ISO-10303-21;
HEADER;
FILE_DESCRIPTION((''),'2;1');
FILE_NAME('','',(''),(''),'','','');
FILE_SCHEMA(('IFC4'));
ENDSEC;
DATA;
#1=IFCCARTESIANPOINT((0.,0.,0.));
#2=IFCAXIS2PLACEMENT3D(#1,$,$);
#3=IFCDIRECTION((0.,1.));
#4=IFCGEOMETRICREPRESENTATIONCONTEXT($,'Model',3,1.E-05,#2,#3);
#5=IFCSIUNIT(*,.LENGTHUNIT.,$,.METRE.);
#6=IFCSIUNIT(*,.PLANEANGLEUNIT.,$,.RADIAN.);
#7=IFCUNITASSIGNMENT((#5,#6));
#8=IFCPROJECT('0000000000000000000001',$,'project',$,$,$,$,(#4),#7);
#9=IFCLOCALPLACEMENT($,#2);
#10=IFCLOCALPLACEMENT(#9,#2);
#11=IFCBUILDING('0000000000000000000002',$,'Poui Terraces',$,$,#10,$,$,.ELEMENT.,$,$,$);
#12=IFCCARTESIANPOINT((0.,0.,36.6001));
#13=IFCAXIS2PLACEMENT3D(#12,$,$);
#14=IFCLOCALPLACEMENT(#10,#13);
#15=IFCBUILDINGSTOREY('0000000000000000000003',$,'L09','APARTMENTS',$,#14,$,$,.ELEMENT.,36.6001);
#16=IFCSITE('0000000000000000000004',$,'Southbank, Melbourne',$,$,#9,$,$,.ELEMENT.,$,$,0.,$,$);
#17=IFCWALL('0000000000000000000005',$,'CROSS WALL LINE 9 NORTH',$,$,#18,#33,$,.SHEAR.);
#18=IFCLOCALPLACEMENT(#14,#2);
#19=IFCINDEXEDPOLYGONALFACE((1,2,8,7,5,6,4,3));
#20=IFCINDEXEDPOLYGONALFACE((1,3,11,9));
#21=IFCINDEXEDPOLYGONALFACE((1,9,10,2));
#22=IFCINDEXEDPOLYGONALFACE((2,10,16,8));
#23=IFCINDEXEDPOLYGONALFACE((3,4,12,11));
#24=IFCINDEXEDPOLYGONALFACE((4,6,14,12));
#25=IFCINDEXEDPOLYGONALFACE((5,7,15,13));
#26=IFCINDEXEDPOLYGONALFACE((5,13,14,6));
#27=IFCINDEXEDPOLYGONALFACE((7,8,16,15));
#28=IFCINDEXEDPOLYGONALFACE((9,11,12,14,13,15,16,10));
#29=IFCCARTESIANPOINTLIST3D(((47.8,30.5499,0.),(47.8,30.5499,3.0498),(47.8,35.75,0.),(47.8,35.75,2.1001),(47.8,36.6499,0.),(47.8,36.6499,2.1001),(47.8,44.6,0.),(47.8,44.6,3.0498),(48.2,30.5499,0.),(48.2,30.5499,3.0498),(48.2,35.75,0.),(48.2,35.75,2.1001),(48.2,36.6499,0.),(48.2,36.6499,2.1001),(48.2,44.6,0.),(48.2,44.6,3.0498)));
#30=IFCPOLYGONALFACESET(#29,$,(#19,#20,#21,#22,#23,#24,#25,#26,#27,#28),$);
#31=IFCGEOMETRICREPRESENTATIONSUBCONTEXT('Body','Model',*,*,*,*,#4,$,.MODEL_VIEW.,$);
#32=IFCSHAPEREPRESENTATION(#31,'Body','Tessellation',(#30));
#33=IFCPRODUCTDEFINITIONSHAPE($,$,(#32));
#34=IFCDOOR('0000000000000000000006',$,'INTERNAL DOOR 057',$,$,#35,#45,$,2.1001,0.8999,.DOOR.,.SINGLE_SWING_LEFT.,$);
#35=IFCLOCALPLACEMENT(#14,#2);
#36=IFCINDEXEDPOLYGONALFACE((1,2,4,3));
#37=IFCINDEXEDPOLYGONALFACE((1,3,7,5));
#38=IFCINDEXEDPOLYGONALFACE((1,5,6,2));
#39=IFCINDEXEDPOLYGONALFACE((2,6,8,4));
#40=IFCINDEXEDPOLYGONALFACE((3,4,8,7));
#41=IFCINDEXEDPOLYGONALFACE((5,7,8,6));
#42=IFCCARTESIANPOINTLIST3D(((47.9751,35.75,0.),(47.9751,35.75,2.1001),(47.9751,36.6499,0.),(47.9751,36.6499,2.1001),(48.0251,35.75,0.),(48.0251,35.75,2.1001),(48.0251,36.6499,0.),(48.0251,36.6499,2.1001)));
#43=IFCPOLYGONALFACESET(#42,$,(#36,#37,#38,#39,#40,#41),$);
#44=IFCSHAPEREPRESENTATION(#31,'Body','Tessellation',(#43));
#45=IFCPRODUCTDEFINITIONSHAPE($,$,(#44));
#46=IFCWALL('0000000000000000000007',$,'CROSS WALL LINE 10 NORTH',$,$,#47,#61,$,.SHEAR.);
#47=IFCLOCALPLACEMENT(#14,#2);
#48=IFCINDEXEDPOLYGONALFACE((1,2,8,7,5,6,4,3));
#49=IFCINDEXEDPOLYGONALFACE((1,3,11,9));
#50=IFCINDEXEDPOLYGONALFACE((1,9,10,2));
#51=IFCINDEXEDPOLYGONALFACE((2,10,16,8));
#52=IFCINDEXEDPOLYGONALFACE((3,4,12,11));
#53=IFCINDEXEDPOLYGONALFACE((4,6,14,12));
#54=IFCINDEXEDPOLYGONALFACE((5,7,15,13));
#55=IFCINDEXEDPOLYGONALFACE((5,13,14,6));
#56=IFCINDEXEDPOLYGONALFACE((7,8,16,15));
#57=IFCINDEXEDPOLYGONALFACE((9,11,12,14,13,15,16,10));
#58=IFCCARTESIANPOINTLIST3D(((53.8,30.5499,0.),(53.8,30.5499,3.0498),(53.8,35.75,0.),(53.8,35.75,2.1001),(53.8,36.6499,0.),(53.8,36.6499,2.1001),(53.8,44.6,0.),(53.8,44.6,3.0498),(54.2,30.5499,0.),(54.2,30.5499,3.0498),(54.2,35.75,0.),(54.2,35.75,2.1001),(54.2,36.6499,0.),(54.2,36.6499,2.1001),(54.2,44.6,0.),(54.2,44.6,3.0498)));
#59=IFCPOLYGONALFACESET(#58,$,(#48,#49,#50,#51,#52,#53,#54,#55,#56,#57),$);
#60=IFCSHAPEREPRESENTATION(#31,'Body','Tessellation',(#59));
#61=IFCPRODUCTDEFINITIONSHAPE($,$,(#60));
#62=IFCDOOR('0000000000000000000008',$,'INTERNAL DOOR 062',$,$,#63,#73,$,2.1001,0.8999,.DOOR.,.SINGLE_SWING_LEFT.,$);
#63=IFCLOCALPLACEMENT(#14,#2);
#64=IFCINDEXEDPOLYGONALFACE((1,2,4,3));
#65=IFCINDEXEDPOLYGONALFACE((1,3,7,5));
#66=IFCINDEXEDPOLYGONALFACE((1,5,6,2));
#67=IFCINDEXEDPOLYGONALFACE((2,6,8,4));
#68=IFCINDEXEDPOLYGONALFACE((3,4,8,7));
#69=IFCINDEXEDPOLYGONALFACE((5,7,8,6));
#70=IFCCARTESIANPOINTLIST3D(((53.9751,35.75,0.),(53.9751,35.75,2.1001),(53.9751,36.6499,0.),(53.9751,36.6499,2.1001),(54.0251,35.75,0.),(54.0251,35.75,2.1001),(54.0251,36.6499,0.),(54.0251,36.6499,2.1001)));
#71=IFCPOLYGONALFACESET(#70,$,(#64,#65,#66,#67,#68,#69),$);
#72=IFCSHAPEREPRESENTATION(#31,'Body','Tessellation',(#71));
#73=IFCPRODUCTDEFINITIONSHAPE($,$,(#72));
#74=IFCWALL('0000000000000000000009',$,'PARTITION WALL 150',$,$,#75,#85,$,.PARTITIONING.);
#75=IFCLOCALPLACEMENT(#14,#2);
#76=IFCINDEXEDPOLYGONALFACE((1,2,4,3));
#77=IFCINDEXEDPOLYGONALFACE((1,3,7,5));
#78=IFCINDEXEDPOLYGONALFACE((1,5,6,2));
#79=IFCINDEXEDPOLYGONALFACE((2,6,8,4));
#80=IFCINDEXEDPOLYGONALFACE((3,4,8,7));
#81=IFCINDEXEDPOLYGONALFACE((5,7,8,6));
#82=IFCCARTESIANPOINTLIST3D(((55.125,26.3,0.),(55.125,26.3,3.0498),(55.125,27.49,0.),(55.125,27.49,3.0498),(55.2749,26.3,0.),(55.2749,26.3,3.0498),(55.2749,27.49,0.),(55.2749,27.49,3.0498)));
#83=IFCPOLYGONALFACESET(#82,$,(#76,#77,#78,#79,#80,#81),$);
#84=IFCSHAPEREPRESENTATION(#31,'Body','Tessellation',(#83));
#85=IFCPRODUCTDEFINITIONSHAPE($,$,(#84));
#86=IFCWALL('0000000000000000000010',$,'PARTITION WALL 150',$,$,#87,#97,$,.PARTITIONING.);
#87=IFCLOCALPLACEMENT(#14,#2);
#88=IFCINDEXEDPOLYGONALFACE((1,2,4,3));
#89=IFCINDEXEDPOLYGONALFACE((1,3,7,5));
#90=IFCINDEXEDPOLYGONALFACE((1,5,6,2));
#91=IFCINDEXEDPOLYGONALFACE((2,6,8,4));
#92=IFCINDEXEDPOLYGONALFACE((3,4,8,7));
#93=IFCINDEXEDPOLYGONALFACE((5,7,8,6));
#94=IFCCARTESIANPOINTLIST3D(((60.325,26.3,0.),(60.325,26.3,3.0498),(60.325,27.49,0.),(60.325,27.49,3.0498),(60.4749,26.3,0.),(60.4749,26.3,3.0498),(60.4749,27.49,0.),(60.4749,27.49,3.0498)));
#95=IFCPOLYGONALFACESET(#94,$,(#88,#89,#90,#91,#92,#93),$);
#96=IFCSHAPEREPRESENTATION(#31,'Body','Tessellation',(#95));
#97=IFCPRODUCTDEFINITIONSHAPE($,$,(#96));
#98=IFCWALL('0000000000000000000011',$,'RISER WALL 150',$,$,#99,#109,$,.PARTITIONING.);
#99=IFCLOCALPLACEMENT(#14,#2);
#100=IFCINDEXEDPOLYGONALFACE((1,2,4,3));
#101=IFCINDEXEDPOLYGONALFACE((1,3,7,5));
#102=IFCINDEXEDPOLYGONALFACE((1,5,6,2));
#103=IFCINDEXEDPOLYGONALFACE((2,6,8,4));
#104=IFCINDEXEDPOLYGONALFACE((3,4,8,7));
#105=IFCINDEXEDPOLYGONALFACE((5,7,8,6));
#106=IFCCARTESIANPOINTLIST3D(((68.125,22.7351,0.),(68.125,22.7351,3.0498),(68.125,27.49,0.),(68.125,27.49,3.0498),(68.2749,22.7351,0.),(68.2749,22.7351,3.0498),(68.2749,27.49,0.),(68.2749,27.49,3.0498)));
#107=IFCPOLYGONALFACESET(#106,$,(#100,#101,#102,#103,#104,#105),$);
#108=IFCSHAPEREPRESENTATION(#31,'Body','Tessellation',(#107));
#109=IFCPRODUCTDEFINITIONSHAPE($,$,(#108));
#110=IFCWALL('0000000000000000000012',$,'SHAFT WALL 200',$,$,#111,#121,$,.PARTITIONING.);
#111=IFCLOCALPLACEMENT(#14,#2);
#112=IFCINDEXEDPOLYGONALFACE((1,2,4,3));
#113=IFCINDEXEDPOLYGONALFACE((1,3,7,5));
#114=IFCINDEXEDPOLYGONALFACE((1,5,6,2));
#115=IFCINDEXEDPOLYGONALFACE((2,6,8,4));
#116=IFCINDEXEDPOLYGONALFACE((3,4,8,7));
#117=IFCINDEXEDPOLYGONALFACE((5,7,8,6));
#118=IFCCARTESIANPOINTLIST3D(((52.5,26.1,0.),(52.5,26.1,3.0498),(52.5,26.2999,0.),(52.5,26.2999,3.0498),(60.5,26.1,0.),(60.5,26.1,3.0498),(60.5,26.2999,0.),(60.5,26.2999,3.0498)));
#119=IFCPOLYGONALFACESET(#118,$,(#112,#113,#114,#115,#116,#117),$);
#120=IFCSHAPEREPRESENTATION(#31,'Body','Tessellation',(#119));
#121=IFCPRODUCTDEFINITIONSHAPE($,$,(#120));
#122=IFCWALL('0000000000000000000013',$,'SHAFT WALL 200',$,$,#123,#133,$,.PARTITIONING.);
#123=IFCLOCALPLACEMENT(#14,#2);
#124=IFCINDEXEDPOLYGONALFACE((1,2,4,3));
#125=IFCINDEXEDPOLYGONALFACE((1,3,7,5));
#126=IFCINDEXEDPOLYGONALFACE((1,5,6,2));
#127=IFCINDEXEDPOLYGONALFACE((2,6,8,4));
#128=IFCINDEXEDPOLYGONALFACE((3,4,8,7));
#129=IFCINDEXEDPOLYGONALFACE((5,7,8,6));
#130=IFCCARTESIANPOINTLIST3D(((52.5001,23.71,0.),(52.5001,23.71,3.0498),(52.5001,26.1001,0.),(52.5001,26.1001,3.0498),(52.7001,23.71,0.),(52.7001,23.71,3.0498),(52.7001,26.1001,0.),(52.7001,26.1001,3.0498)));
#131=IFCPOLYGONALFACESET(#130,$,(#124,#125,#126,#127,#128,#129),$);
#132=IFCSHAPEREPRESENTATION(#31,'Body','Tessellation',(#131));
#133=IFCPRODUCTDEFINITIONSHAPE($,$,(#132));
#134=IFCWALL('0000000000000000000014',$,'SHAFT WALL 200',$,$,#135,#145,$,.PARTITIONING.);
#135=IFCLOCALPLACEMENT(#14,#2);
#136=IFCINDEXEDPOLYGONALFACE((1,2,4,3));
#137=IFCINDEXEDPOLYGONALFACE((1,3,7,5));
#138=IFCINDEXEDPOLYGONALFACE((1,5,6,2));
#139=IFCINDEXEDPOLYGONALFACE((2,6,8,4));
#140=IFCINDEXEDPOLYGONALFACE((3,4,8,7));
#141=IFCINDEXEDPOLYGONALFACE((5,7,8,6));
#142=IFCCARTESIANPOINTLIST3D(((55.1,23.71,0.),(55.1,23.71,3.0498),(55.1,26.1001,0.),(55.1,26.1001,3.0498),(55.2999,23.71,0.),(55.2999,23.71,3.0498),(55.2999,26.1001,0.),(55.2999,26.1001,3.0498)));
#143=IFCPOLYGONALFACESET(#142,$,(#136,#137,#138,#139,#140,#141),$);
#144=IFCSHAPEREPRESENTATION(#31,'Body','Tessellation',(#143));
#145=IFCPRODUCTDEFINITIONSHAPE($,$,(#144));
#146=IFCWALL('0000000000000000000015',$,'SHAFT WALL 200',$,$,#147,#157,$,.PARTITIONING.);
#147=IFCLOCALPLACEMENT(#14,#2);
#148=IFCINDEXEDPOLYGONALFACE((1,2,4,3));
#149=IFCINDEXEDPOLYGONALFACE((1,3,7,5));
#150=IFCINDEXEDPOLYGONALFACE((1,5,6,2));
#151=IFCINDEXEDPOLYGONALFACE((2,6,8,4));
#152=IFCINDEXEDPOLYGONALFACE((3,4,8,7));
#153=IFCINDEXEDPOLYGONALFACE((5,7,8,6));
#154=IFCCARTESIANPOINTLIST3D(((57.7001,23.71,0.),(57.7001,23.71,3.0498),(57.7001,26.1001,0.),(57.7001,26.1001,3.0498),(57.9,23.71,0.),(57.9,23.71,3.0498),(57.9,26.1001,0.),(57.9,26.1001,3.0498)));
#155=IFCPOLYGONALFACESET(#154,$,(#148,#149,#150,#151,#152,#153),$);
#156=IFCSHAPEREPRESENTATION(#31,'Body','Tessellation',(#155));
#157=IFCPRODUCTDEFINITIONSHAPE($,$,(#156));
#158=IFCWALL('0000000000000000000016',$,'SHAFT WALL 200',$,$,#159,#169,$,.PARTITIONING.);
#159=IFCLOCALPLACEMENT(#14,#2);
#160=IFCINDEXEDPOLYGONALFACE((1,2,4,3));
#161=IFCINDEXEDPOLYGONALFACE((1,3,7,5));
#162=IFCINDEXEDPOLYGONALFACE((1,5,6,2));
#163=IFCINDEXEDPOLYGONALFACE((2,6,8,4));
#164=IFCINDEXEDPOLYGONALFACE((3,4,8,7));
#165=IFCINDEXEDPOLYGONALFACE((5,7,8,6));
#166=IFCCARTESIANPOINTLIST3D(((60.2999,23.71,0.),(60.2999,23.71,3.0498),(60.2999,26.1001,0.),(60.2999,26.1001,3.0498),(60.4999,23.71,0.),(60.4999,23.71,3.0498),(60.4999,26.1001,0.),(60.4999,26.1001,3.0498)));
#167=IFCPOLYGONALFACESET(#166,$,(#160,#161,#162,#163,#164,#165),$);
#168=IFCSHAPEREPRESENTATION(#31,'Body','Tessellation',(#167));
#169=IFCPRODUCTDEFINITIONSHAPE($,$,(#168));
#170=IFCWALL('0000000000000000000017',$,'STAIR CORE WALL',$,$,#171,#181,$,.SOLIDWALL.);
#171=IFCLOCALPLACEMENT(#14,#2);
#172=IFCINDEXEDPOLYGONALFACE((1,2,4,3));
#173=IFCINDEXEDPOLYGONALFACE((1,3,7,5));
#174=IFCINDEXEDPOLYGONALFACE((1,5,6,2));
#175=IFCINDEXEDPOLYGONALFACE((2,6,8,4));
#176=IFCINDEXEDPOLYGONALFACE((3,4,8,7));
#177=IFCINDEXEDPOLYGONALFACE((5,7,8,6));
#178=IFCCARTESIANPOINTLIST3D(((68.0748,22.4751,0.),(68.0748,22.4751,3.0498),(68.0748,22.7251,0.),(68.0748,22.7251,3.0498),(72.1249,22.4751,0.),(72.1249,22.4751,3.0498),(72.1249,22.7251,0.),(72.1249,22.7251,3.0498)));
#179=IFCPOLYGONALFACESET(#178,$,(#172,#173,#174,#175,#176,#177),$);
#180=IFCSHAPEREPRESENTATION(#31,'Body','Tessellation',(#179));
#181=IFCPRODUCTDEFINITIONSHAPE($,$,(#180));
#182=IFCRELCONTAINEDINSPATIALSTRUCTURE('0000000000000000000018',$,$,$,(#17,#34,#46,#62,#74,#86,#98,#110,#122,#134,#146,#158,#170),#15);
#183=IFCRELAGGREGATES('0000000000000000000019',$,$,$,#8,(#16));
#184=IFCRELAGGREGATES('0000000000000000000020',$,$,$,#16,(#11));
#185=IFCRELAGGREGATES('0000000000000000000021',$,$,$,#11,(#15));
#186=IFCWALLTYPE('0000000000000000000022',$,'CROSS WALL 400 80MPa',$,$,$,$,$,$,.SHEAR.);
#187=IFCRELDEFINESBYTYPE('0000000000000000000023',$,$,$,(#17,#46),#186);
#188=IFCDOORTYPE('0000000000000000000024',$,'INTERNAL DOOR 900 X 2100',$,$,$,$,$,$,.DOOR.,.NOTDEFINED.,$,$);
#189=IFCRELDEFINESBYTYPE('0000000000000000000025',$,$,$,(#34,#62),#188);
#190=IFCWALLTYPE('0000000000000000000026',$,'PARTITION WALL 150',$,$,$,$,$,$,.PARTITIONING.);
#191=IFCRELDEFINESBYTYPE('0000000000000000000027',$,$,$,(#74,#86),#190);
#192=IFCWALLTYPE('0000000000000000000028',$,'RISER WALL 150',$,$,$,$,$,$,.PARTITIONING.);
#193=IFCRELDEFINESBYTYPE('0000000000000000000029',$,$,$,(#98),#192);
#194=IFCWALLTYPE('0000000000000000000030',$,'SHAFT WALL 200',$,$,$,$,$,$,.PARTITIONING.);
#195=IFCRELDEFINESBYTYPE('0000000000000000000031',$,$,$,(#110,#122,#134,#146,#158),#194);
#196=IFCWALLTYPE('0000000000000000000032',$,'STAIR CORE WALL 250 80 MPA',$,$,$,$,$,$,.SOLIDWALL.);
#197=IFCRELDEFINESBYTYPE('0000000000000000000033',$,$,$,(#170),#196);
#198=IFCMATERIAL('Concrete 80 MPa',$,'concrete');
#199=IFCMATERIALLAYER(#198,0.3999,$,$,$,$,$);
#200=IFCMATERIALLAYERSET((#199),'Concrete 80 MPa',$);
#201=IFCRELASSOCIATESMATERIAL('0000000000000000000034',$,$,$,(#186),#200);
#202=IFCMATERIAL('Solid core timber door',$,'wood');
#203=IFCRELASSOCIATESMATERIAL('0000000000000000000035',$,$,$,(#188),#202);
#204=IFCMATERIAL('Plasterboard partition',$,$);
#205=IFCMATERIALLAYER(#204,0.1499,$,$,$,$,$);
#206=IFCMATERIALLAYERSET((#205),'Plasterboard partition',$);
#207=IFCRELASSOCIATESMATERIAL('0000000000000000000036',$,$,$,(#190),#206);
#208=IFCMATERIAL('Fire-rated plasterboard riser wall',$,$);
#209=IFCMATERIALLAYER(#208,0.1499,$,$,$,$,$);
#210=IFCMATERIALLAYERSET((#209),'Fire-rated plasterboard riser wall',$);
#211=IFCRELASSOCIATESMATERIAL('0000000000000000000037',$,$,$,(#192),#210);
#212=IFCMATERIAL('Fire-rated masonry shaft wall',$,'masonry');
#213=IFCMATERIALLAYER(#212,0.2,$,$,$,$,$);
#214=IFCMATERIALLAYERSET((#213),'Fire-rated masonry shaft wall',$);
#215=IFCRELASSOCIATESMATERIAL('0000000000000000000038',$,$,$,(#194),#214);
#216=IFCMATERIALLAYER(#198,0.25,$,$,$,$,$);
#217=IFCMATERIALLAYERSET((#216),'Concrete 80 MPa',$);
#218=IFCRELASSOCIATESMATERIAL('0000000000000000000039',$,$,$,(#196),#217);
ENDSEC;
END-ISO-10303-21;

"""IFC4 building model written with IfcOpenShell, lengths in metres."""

from ifc_helpers import new_model, si_unit, direction, frame, frame_2d, origin, place, context, subcontext, project, spatial, rectangle, extrude, material, layer, layer_set, type_object, element, fill, save


model = new_model("IFC4")

# Units and contexts
model_context = context("Model", 3, precision=1e-05, world=origin(), true_north=direction((0.0, 1.0)))
body_context = subcontext(model_context, "Body", "Model", "MODEL_VIEW")
ifc_project = project(units=[si_unit("LENGTHUNIT", "METRE"), si_unit("PLANEANGLEUNIT", "RADIAN")], contexts=[model_context])

# Site, building, storey
site_placement = place(None, origin())
site = spatial("IfcSite", under=ifc_project, at=site_placement, Name="Southbank, Melbourne", CompositionType="ELEMENT", RefElevation=0.0)
building_placement = place(site_placement, origin())
building = spatial("IfcBuilding", under=site, at=building_placement, Name="Poui Terraces", CompositionType="ELEMENT")
storey_placement = place(building_placement, frame((0.0, 0.0, 36.6001)))
storey = spatial("IfcBuildingStorey", under=building, at=storey_placement, Name="L09", Description="APARTMENTS", CompositionType="ELEMENT", Elevation=36.6001)

# Shared definitions
ifc_material_1 = material(Name="Concrete 80 MPa", Category="concrete")

# Walls, openings, doors
ifc_layer_1 = layer(ifc_material_1, 0.3999)
ifc_layer_set_1 = layer_set([ifc_layer_1], Name="Concrete 80 MPa")
wall_type_1 = type_object("IfcWallType", Name="CROSS WALL 400 80MPa", PredefinedType="SHEAR", material=ifc_layer_set_1)
wall_1_placement = place(storey_placement, frame((48.0, 30.55, 0.0), z_axis=(0.0, 0.0, 1.0), x_axis=(0.0, 1.0, 0.0)))
wall_1 = element("IfcWall", 1, at=wall_1_placement, inside=storey, type_object=wall_type_1, Name="CROSS WALL LINE 9 NORTH", PredefinedType="SHEAR", context=body_context, shape_type="SweptSolid", body=[
    extrude(rectangle(XDim=14.05, YDim=0.3999, at=frame_2d((7.0249, 0.0))), origin(), (0.0, 0.0, 1.0), 3.0498),
])
opening_1_placement = place(wall_1_placement, frame((5.2, 0.0, 0.0)))
opening_1 = element("IfcOpeningElement", 2, at=opening_1_placement, cuts=wall_1, PredefinedType="OPENING", context=body_context, shape_type="SweptSolid", body=[
    extrude(rectangle(XDim=0.8999, YDim=2.1001, at=frame_2d((0.45, 1.05))), frame((0.0, 0.21, 0.0), z_axis=(0.0, -1.0, 0.0), x_axis=(1.0, 0.0, 0.0)), (0.0, 0.0, 1.0), 0.4199),
])
ifc_material_2 = material(Name="Solid core timber door", Category="wood")
door_type_1 = type_object("IfcDoorType", Name="INTERNAL DOOR 900 X 2100", OperationType="NOTDEFINED", PredefinedType="DOOR", material=ifc_material_2)
door_1_placement = place(opening_1_placement, origin())
door_1 = element("IfcDoor", 3, at=door_1_placement, inside=storey, type_object=door_type_1, Name="INTERNAL DOOR 057", OperationType="SINGLE_SWING_LEFT", OverallHeight=2.1001, OverallWidth=0.8999, PredefinedType="DOOR", context=body_context, shape_type="SweptSolid", body=[
    extrude(rectangle(XDim=0.8999, YDim=2.1001, at=frame_2d((0.45, 1.05))), frame((0.0, 0.0249, 0.0), z_axis=(0.0, -1.0, 0.0), x_axis=(1.0, 0.0, 0.0)), (0.0, 0.0, 1.0), 0.05),
])
fill(opening_1, door_1)
wall_2_placement = place(storey_placement, frame((54.0, 30.55, 0.0), z_axis=(0.0, 0.0, 1.0), x_axis=(0.0, 1.0, 0.0)))
wall_2 = element("IfcWall", 4, at=wall_2_placement, inside=storey, type_object=wall_type_1, Name="CROSS WALL LINE 10 NORTH", PredefinedType="SHEAR", context=body_context, shape_type="SweptSolid", body=[
    extrude(rectangle(XDim=14.05, YDim=0.3999, at=frame_2d((7.0249, 0.0))), origin(), (0.0, 0.0, 1.0), 3.0498),
])
opening_2_placement = place(wall_2_placement, frame((5.2, 0.0, 0.0)))
opening_2 = element("IfcOpeningElement", 5, at=opening_2_placement, cuts=wall_2, PredefinedType="OPENING", context=body_context, shape_type="SweptSolid", body=[
    extrude(rectangle(XDim=0.8999, YDim=2.1001, at=frame_2d((0.45, 1.05))), frame((0.0, 0.21, 0.0), z_axis=(0.0, -1.0, 0.0), x_axis=(1.0, 0.0, 0.0)), (0.0, 0.0, 1.0), 0.4199),
])
door_2_placement = place(opening_2_placement, origin())
door_2 = element("IfcDoor", 6, at=door_2_placement, inside=storey, type_object=door_type_1, Name="INTERNAL DOOR 062", OperationType="SINGLE_SWING_LEFT", OverallHeight=2.1001, OverallWidth=0.8999, PredefinedType="DOOR", context=body_context, shape_type="SweptSolid", body=[
    extrude(rectangle(XDim=0.8999, YDim=2.1001, at=frame_2d((0.45, 1.05))), frame((0.0, 0.0249, 0.0), z_axis=(0.0, -1.0, 0.0), x_axis=(1.0, 0.0, 0.0)), (0.0, 0.0, 1.0), 0.05),
])
fill(opening_2, door_2)

# Walls
ifc_material_3 = material(Name="Plasterboard partition")
ifc_layer_2 = layer(ifc_material_3, 0.1499)
ifc_layer_set_2 = layer_set([ifc_layer_2], Name="Plasterboard partition")
wall_type_2 = type_object("IfcWallType", Name="PARTITION WALL 150", PredefinedType="PARTITIONING", material=ifc_layer_set_2)
for number, where, z_axis, x_axis, name in (
    (7, (55.2, 26.3, 0.0), (0.0, 0.0, 1.0), (0.0, 1.0, 0.0), "PARTITION WALL 150"),
    (8, (60.3999, 26.3, 0.0), (0.0, 0.0, 1.0), (0.0, 1.0, 0.0), "PARTITION WALL 150"),
):
    element("IfcWall", number, at=place(storey_placement, frame(where, z_axis=z_axis, x_axis=x_axis)), inside=storey, type_object=wall_type_2, Name=name, PredefinedType="PARTITIONING", context=body_context, shape_type="SweptSolid", body=[
        extrude(rectangle(XDim=1.1899, YDim=0.1499, at=frame_2d((0.595, 0.0))), origin(), (0.0, 0.0, 1.0), 3.0498),
    ])
ifc_material_4 = material(Name="Fire-rated plasterboard riser wall")
ifc_layer_3 = layer(ifc_material_4, 0.1499)
ifc_layer_set_3 = layer_set([ifc_layer_3], Name="Fire-rated plasterboard riser wall")
wall_type_3 = type_object("IfcWallType", Name="RISER WALL 150", PredefinedType="PARTITIONING", material=ifc_layer_set_3)
wall_3_placement = place(storey_placement, frame((68.2, 22.7351, 0.0), z_axis=(0.0, 0.0, 1.0), x_axis=(0.0, 1.0, 0.0)))
element("IfcWall", 9, at=wall_3_placement, inside=storey, type_object=wall_type_3, Name="RISER WALL 150", PredefinedType="PARTITIONING", context=body_context, shape_type="SweptSolid", body=[
    extrude(rectangle(XDim=4.7549, YDim=0.1499, at=frame_2d((2.3774, 0.0))), origin(), (0.0, 0.0, 1.0), 3.0498),
])
ifc_material_5 = material(Name="Fire-rated masonry shaft wall", Category="masonry")
ifc_layer_4 = layer(ifc_material_5, 0.2)
ifc_layer_set_4 = layer_set([ifc_layer_4], Name="Fire-rated masonry shaft wall")
wall_type_4 = type_object("IfcWallType", Name="SHAFT WALL 200", PredefinedType="PARTITIONING", material=ifc_layer_set_4)
wall_4_placement = place(storey_placement, frame((52.5, 26.2, 0.0), z_axis=(0.0, 0.0, 1.0), x_axis=(1.0, 0.0, 0.0)))
element("IfcWall", 10, at=wall_4_placement, inside=storey, type_object=wall_type_4, Name="SHAFT WALL 200", PredefinedType="PARTITIONING", context=body_context, shape_type="SweptSolid", body=[
    extrude(rectangle(XDim=8.0, YDim=0.2, at=frame_2d((4.0, 0.0))), origin(), (0.0, 0.0, 1.0), 3.0498),
])
for number, where, z_axis, x_axis, name in (
    (11, (52.6001, 23.71, 0.0), (0.0, 0.0, 1.0), (0.0, 1.0, 0.0), "SHAFT WALL 200"),
    (12, (55.2, 23.71, 0.0), (0.0, 0.0, 1.0), (0.0, 1.0, 0.0), "SHAFT WALL 200"),
    (13, (57.8, 23.71, 0.0), (0.0, 0.0, 1.0), (0.0, 1.0, 0.0), "SHAFT WALL 200"),
    (14, (60.3999, 23.71, 0.0), (0.0, 0.0, 1.0), (0.0, 1.0, 0.0), "SHAFT WALL 200"),
):
    element("IfcWall", number, at=place(storey_placement, frame(where, z_axis=z_axis, x_axis=x_axis)), inside=storey, type_object=wall_type_4, Name=name, PredefinedType="PARTITIONING", context=body_context, shape_type="SweptSolid", body=[
        extrude(rectangle(XDim=2.3901, YDim=0.2, at=frame_2d((1.1951, 0.0))), origin(), (0.0, 0.0, 1.0), 3.0498),
    ])
ifc_layer_5 = layer(ifc_material_1, 0.25)
ifc_layer_set_5 = layer_set([ifc_layer_5], Name="Concrete 80 MPa")
wall_type_5 = type_object("IfcWallType", Name="STAIR CORE WALL 250 80 MPA", PredefinedType="SOLIDWALL", material=ifc_layer_set_5)
wall_5_placement = place(storey_placement, frame((68.075, 22.6001, 0.0), z_axis=(0.0, 0.0, 1.0), x_axis=(1.0, 0.0, 0.0)))
element("IfcWall", 15, at=wall_5_placement, inside=storey, type_object=wall_type_5, Name="STAIR CORE WALL", PredefinedType="SOLIDWALL", context=body_context, shape_type="SweptSolid", body=[
    extrude(rectangle(XDim=4.05, YDim=0.25, at=frame_2d((2.0249, 0.0))), origin(), (0.0, 0.0, 1.0), 3.0498),
])

save(model, "model.ifc")
